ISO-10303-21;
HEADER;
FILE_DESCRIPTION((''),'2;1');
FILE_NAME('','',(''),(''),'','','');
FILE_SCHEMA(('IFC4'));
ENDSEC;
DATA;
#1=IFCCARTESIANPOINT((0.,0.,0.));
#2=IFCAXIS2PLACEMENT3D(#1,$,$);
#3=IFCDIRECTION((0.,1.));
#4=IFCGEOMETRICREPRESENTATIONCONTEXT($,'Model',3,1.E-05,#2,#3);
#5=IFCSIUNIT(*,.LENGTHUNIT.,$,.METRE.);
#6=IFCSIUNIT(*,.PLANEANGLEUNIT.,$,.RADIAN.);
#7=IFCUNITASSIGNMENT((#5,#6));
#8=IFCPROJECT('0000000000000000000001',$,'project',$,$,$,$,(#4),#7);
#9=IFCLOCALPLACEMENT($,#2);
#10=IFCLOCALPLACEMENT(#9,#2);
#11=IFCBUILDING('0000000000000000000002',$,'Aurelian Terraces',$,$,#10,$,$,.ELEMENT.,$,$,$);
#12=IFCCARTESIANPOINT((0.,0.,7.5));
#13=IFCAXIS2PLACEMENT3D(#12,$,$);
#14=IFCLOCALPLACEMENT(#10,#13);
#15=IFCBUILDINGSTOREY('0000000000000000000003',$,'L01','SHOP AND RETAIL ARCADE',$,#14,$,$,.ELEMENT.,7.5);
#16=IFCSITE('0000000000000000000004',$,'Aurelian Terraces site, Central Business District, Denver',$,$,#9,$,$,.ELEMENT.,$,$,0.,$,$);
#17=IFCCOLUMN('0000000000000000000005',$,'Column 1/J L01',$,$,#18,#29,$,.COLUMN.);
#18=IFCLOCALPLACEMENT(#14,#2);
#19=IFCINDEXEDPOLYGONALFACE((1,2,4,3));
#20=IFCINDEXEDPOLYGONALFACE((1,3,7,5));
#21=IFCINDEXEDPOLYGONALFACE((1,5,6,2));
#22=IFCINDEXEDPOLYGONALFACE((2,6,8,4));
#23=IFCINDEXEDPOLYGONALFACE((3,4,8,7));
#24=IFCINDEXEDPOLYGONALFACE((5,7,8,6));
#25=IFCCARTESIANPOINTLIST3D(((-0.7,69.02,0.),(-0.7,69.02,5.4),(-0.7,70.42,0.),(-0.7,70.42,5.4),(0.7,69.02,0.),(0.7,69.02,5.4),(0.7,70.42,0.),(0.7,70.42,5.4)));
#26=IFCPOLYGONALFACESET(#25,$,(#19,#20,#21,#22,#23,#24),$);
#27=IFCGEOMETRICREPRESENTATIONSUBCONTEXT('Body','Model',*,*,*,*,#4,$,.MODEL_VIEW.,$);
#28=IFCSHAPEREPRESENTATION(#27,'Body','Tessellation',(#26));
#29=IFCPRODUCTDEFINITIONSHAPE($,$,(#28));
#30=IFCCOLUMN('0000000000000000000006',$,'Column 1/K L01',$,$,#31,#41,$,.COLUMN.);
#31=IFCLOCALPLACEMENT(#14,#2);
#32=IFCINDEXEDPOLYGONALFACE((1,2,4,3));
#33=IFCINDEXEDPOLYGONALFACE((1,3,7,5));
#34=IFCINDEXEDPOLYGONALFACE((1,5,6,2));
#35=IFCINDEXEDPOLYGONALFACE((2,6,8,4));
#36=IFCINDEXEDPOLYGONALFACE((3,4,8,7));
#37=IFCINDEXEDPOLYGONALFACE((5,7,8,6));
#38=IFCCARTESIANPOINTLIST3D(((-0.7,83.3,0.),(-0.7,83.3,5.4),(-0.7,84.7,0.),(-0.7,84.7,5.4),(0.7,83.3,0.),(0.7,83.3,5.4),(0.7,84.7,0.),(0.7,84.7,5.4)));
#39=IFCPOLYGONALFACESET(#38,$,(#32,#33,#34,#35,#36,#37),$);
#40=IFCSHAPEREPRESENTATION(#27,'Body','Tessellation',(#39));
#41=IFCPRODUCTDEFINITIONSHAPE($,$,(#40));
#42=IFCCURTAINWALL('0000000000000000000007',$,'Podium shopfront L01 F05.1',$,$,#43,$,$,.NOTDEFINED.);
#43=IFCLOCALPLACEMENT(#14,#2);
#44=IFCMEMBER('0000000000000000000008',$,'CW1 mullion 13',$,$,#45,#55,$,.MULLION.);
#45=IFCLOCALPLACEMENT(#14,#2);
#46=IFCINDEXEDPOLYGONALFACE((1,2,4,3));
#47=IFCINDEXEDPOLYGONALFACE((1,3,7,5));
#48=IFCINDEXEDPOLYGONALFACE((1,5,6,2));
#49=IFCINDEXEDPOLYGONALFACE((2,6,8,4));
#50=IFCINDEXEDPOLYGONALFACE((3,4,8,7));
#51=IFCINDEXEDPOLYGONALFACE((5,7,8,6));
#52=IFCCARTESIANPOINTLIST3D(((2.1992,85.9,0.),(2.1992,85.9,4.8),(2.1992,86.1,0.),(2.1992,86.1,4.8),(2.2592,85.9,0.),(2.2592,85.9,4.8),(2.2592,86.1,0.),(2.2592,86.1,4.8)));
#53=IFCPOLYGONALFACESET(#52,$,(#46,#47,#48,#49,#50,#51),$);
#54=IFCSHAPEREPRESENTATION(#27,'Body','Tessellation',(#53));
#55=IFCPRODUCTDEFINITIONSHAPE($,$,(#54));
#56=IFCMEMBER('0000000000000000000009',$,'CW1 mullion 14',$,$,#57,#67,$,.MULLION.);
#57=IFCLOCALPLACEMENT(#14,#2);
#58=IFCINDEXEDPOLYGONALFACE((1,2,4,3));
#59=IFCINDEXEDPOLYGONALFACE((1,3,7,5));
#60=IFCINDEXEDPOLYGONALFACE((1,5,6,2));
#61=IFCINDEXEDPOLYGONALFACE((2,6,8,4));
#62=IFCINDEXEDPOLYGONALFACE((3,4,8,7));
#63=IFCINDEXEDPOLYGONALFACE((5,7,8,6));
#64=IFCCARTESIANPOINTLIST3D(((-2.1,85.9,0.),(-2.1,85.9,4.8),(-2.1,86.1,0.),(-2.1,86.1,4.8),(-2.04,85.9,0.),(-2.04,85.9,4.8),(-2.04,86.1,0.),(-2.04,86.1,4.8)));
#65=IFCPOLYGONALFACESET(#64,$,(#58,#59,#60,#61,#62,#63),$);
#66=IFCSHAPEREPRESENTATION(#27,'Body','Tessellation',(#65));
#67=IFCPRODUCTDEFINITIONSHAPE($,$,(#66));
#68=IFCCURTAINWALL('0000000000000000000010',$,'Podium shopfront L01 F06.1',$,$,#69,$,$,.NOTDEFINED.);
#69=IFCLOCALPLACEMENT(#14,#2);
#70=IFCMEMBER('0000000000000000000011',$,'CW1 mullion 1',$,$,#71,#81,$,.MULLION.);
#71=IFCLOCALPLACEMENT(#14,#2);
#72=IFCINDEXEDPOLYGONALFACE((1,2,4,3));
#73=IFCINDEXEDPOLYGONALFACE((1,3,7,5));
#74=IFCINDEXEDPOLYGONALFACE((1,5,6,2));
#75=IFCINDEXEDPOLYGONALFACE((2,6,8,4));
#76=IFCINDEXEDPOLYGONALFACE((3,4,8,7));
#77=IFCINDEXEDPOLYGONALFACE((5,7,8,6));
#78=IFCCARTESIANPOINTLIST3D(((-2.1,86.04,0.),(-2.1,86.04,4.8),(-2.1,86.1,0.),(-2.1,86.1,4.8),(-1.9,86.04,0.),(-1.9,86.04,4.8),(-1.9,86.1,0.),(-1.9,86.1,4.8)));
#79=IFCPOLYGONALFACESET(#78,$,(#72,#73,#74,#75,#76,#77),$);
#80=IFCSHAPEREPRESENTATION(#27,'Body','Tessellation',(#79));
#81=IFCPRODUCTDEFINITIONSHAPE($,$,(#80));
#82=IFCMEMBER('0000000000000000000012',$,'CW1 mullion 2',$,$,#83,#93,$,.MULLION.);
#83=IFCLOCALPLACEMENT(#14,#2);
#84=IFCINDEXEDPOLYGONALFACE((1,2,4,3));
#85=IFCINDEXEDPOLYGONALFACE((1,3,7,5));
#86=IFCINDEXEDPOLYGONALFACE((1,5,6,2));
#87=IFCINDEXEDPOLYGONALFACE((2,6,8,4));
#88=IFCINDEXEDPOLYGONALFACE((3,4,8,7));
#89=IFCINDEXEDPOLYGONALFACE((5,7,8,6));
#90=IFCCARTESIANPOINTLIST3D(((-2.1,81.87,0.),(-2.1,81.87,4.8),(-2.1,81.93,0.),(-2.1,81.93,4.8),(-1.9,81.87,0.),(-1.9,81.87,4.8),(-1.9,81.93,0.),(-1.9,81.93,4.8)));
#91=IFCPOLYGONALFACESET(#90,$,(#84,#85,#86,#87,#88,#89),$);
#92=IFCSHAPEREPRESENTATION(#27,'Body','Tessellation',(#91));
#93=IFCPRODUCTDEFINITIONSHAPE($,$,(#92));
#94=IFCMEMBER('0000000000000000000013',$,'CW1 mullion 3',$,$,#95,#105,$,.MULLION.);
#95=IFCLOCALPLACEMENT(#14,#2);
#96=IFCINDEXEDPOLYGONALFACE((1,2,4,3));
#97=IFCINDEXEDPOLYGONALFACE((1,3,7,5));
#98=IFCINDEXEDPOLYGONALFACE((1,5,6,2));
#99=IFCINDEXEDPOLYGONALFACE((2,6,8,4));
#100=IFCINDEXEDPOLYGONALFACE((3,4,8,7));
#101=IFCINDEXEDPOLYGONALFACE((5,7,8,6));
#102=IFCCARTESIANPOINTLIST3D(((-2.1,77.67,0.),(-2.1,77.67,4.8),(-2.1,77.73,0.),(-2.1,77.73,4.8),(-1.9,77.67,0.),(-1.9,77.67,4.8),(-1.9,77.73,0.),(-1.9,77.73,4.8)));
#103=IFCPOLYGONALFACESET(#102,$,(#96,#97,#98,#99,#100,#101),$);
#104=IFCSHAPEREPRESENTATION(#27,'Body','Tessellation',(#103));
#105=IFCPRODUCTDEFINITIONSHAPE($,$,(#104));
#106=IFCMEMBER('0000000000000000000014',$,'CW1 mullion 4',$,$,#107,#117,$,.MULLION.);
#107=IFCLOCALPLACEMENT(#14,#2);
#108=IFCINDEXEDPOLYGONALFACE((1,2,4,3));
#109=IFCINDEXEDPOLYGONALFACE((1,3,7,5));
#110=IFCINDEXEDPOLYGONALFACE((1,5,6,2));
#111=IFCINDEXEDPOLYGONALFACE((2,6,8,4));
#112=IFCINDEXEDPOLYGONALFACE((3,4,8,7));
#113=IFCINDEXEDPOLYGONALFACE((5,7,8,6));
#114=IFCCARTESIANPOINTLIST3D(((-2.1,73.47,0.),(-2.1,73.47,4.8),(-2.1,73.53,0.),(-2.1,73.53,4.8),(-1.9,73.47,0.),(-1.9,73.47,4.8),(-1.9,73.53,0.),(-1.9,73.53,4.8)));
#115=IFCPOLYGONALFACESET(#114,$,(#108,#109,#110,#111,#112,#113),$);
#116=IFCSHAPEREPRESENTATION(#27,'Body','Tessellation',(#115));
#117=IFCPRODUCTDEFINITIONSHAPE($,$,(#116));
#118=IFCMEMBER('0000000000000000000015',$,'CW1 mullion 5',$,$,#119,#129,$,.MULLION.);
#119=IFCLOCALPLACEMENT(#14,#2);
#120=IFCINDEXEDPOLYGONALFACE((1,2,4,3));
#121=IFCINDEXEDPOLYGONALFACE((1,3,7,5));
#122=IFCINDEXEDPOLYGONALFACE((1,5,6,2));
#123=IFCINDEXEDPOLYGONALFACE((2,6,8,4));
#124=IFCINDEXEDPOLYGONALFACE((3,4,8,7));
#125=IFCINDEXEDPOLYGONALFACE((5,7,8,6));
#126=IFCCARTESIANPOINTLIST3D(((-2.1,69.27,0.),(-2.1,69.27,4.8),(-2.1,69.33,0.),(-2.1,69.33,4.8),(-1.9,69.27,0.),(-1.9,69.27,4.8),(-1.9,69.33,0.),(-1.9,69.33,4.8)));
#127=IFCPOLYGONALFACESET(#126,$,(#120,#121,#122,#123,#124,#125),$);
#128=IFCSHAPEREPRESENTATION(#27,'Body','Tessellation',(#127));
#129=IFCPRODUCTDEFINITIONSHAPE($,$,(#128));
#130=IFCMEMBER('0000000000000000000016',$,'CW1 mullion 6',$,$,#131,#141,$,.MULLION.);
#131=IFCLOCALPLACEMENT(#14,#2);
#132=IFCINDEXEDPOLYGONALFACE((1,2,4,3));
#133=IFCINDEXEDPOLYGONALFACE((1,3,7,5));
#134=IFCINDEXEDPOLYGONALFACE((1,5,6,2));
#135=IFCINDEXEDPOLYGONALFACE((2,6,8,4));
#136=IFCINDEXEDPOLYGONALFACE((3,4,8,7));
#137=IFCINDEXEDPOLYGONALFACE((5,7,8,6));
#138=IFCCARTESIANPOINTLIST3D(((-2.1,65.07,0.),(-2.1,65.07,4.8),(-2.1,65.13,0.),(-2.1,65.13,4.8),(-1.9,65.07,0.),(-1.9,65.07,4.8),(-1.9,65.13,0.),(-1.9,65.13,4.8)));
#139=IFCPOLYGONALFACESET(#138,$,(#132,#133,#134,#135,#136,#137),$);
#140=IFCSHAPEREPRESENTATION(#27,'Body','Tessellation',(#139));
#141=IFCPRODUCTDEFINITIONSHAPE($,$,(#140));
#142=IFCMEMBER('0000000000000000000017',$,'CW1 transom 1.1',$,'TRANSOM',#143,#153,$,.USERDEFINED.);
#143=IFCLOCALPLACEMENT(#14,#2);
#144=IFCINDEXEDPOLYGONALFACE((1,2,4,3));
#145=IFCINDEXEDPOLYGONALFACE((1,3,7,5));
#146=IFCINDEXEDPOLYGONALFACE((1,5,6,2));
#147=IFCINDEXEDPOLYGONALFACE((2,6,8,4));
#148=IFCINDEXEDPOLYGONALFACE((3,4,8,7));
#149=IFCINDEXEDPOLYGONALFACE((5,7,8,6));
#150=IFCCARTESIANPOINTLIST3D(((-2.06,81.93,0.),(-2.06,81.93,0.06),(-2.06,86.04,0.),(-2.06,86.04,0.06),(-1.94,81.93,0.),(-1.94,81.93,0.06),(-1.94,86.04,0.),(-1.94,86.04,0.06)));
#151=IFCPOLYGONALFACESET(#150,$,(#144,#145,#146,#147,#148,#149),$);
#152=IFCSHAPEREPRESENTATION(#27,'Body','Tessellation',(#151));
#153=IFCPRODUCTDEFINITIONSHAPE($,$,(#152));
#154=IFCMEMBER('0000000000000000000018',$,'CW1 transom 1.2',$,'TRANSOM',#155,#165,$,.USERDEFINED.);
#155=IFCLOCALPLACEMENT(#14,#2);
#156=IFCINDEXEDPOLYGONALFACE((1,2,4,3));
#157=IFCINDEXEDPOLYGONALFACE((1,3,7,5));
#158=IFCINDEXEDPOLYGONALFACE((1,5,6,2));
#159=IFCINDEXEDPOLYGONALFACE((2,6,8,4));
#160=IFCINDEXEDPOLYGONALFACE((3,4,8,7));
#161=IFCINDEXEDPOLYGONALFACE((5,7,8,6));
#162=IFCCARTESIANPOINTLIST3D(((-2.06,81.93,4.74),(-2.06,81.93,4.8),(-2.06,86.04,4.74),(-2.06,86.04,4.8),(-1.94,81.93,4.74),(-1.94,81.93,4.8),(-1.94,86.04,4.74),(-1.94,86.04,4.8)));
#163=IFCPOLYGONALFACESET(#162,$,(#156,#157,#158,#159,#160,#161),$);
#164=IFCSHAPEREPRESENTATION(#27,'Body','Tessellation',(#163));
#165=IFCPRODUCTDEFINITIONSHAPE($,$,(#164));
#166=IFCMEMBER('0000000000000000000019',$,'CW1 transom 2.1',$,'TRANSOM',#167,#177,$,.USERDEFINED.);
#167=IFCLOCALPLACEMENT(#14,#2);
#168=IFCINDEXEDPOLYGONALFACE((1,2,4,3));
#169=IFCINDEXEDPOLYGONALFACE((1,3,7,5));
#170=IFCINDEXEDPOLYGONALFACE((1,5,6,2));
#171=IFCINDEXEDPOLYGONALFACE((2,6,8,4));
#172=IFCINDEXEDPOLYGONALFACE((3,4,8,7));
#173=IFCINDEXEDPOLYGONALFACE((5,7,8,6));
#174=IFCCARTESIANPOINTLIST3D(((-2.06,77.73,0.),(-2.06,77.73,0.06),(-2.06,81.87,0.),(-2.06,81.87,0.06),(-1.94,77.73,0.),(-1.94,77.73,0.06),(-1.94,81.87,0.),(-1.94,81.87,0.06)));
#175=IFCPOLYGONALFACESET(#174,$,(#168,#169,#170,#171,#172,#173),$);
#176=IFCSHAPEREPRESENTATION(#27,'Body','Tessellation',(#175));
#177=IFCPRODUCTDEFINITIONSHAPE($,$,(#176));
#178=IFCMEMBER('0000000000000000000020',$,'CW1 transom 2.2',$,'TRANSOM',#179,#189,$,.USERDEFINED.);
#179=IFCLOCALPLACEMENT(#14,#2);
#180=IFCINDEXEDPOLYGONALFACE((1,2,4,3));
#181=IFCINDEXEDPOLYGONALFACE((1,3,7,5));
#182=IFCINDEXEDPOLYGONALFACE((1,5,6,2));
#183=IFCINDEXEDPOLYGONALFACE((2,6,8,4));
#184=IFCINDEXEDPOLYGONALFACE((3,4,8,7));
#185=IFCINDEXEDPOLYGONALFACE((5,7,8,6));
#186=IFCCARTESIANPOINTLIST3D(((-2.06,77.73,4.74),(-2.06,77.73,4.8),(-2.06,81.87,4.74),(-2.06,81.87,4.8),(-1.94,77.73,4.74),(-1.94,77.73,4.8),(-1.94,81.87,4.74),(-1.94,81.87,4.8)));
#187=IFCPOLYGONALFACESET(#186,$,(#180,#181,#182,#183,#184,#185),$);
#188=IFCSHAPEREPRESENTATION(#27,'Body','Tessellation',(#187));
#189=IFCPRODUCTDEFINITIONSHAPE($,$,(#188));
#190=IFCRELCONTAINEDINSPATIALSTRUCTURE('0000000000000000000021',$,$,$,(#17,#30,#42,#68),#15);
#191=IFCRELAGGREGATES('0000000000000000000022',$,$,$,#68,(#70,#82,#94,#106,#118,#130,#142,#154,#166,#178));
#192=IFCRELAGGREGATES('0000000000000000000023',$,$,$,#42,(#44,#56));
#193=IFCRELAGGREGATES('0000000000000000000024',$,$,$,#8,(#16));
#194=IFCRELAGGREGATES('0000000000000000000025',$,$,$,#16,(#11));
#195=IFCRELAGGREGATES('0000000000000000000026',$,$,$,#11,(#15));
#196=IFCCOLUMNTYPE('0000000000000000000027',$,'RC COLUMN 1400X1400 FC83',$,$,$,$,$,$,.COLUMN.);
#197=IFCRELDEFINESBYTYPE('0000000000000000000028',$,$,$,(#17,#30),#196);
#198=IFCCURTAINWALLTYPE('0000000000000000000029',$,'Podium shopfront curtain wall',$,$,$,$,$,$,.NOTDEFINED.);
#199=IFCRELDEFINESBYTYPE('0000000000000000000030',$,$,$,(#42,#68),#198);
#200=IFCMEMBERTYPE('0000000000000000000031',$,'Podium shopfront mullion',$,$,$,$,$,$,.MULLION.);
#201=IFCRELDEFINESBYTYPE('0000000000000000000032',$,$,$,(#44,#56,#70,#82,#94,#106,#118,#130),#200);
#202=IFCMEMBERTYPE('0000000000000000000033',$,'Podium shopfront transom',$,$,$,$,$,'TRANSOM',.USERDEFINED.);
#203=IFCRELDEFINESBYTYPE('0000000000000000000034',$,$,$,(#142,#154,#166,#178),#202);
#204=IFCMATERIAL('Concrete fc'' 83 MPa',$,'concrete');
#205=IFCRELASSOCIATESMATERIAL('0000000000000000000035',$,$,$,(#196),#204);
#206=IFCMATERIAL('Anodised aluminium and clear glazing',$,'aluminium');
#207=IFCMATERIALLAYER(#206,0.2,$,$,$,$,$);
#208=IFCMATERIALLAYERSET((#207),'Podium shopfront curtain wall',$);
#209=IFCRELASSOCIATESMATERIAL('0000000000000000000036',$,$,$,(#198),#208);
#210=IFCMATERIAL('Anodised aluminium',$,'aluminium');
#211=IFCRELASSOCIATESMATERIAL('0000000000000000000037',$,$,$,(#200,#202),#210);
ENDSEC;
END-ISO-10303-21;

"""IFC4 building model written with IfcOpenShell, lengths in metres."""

from ifc_helpers import new_model, si_unit, direction, frame, origin, origin_2d, place, context, subcontext, project, spatial, rectangle, extrude, source, transform, mapped, material, layer, layer_set, material_profile, profile_set, type_object, element, aggregate, save


model = new_model("IFC4")

# Units and contexts
model_context = context("Model", 3, precision=1e-05, world=origin(), true_north=direction((0.0, 1.0)))
body_context = subcontext(model_context, "Body", "Model", "MODEL_VIEW")
ifc_project = project(units=[si_unit("LENGTHUNIT", "METRE"), si_unit("PLANEANGLEUNIT", "RADIAN")], contexts=[model_context])

# Site, building, storey
site_placement = place(None, origin())
site = spatial("IfcSite", under=ifc_project, at=site_placement, Name="Aurelian Terraces site, Central Business District, Denver", CompositionType="ELEMENT", RefElevation=0.0)
building_placement = place(site_placement, origin())
building = spatial("IfcBuilding", under=site, at=building_placement, Name="Aurelian Terraces", CompositionType="ELEMENT")
storey_placement = place(building_placement, frame((0.0, 0.0, 7.5)))
storey = spatial("IfcBuildingStorey", under=building, at=storey_placement, Name="L01", Description="SHOP AND RETAIL ARCADE", CompositionType="ELEMENT", Elevation=7.5)

# Columns
ifc_material_1 = material(Name="Concrete fc' 83 MPa", Category="concrete")
ifc_material_profile_1 = material_profile(ifc_material_1, rectangle(XDim=1.4, YDim=1.4, at=origin_2d()))
ifc_profile_set_1 = profile_set([ifc_material_profile_1], Name="Concrete fc' 83 MPa")
column_type = type_object("IfcColumnType", Name="RC COLUMN 1400X1400 FC83", PredefinedType="COLUMN", material=ifc_profile_set_1)
shared_shape_1 = source(origin(), body_context, "Body", "SweptSolid", [
    extrude(rectangle(XDim=1.4, YDim=1.4, at=origin_2d()), origin(), (0.0, 0.0, 1.0), 5.4),
])
for number, where, z_axis, x_axis, name in (
    (1, (0.0, 69.72, 0.0), (0.0, 0.0, 1.0), (1.0, 0.0, 0.0), "Column 1/J L01"),
    (2, (0.0, 84.0, 0.0), (0.0, 0.0, 1.0), (1.0, 0.0, 0.0), "Column 1/K L01"),
):
    element("IfcColumn", number, at=place(storey_placement, frame(where, z_axis=z_axis, x_axis=x_axis)), inside=storey, type_object=column_type, Name=name, PredefinedType="COLUMN", context=body_context, shape_type="MappedRepresentation", body=[
        mapped(shared_shape_1, transform((0.0, 0.0, 0.0), scale=1.0)),
    ])

# Curtain walls, members
ifc_material_2 = material(Name="Anodised aluminium and clear glazing", Category="aluminium")
ifc_layer_1 = layer(ifc_material_2, 0.2)
ifc_layer_set_1 = layer_set([ifc_layer_1], Name="Podium shopfront curtain wall")
curtain_wall_type = type_object("IfcCurtainWallType", Name="Podium shopfront curtain wall", PredefinedType="NOTDEFINED", material=ifc_layer_set_1)
curtain_wall_1_placement = place(storey_placement, origin())
curtain_wall_1 = element("IfcCurtainWall", 3, at=curtain_wall_1_placement, inside=storey, type_object=curtain_wall_type, Name="Podium shopfront L01 F05.1", PredefinedType="NOTDEFINED")
ifc_material_3 = material(Name="Anodised aluminium", Category="aluminium")
ifc_material_profile_2 = material_profile(ifc_material_3, rectangle(XDim=0.2, YDim=0.06, at=origin_2d()))
ifc_profile_set_2 = profile_set([ifc_material_profile_2], Name="Anodised aluminium")
member_type_1 = type_object("IfcMemberType", Name="Podium shopfront mullion", PredefinedType="MULLION", material=ifc_profile_set_2)
shared_shape_2 = source(origin(), body_context, "Body", "SweptSolid", [
    extrude(rectangle(XDim=0.2, YDim=0.06, at=origin_2d()), origin(), (0.0, 0.0, 1.0), 4.8),
])
member_1_placement = place(storey_placement, frame((2.2292, 86.0, 0.0), z_axis=(0.0, 0.0, 1.0), x_axis=(0.0, -1.0, 0.0)))
member_1 = element("IfcMember", 4, at=member_1_placement, type_object=member_type_1, Name="CW1 mullion 13", PredefinedType="MULLION", context=body_context, shape_type="MappedRepresentation", body=[
    mapped(shared_shape_2, transform((0.0, 0.0, 0.0), scale=1.0)),
])
member_2_placement = place(storey_placement, frame((-2.07, 86.0, 0.0), z_axis=(0.0, 0.0, 1.0), x_axis=(0.0, -1.0, 0.0)))
member_2 = element("IfcMember", 5, at=member_2_placement, type_object=member_type_1, Name="CW1 mullion 14", PredefinedType="MULLION", context=body_context, shape_type="MappedRepresentation", body=[
    mapped(shared_shape_2, transform((0.0, 0.0, 0.0), scale=1.0)),
])
curtain_wall_2_placement = place(storey_placement, origin())
curtain_wall_2 = element("IfcCurtainWall", 6, at=curtain_wall_2_placement, inside=storey, type_object=curtain_wall_type, Name="Podium shopfront L01 F06.1", PredefinedType="NOTDEFINED")
member_3_placement = place(storey_placement, frame((-2.0, 86.07, 0.0), z_axis=(0.0, 0.0, 1.0), x_axis=(1.0, 0.0, 0.0)))
member_3 = element("IfcMember", 7, at=member_3_placement, type_object=member_type_1, Name="CW1 mullion 1", PredefinedType="MULLION", context=body_context, shape_type="MappedRepresentation", body=[
    mapped(shared_shape_2, transform((0.0, 0.0, 0.0), scale=1.0)),
])
member_4_placement = place(storey_placement, frame((-2.0, 81.9, 0.0), z_axis=(0.0, 0.0, 1.0), x_axis=(1.0, 0.0, 0.0)))
member_4 = element("IfcMember", 8, at=member_4_placement, type_object=member_type_1, Name="CW1 mullion 2", PredefinedType="MULLION", context=body_context, shape_type="MappedRepresentation", body=[
    mapped(shared_shape_2, transform((0.0, 0.0, 0.0), scale=1.0)),
])
member_5_placement = place(storey_placement, frame((-2.0, 77.7, 0.0), z_axis=(0.0, 0.0, 1.0), x_axis=(1.0, 0.0, 0.0)))
member_5 = element("IfcMember", 9, at=member_5_placement, type_object=member_type_1, Name="CW1 mullion 3", PredefinedType="MULLION", context=body_context, shape_type="MappedRepresentation", body=[
    mapped(shared_shape_2, transform((0.0, 0.0, 0.0), scale=1.0)),
])
member_6_placement = place(storey_placement, frame((-2.0, 73.5, 0.0), z_axis=(0.0, 0.0, 1.0), x_axis=(1.0, 0.0, 0.0)))
member_6 = element("IfcMember", 10, at=member_6_placement, type_object=member_type_1, Name="CW1 mullion 4", PredefinedType="MULLION", context=body_context, shape_type="MappedRepresentation", body=[
    mapped(shared_shape_2, transform((0.0, 0.0, 0.0), scale=1.0)),
])
member_7_placement = place(storey_placement, frame((-2.0, 69.3, 0.0), z_axis=(0.0, 0.0, 1.0), x_axis=(1.0, 0.0, 0.0)))
member_7 = element("IfcMember", 11, at=member_7_placement, type_object=member_type_1, Name="CW1 mullion 5", PredefinedType="MULLION", context=body_context, shape_type="MappedRepresentation", body=[
    mapped(shared_shape_2, transform((0.0, 0.0, 0.0), scale=1.0)),
])
member_8_placement = place(storey_placement, frame((-2.0, 65.1, 0.0), z_axis=(0.0, 0.0, 1.0), x_axis=(1.0, 0.0, 0.0)))
member_8 = element("IfcMember", 12, at=member_8_placement, type_object=member_type_1, Name="CW1 mullion 6", PredefinedType="MULLION", context=body_context, shape_type="MappedRepresentation", body=[
    mapped(shared_shape_2, transform((0.0, 0.0, 0.0), scale=1.0)),
])
ifc_material_profile_3 = material_profile(ifc_material_3, rectangle(XDim=0.12, YDim=0.06, at=origin_2d()))
ifc_profile_set_3 = profile_set([ifc_material_profile_3], Name="Anodised aluminium")
member_type_2 = type_object("IfcMemberType", Name="Podium shopfront transom", ElementType="TRANSOM", PredefinedType="USERDEFINED", material=ifc_profile_set_3)
shared_shape_3 = source(origin(), body_context, "Body", "SweptSolid", [
    extrude(rectangle(XDim=0.12, YDim=0.06, at=origin_2d()), origin(), (0.0, 0.0, 1.0), 4.11),
])
member_9_placement = place(storey_placement, frame((-2.0, 86.04, 0.03), z_axis=(0.0, -1.0, 0.0), x_axis=(1.0, 0.0, 0.0)))
member_9 = element("IfcMember", 13, at=member_9_placement, type_object=member_type_2, Name="CW1 transom 1.1", ObjectType="TRANSOM", PredefinedType="USERDEFINED", context=body_context, shape_type="MappedRepresentation", body=[
    mapped(shared_shape_3, transform((0.0, 0.0, 0.0), scale=1.0)),
])
member_10_placement = place(storey_placement, frame((-2.0, 86.04, 4.77), z_axis=(0.0, -1.0, 0.0), x_axis=(1.0, 0.0, 0.0)))
member_10 = element("IfcMember", 14, at=member_10_placement, type_object=member_type_2, Name="CW1 transom 1.2", ObjectType="TRANSOM", PredefinedType="USERDEFINED", context=body_context, shape_type="MappedRepresentation", body=[
    mapped(shared_shape_3, transform((0.0, 0.0, 0.0), scale=1.0)),
])
shared_shape_4 = source(origin(), body_context, "Body", "SweptSolid", [
    extrude(rectangle(XDim=0.12, YDim=0.06, at=origin_2d()), origin(), (0.0, 0.0, 1.0), 4.14),
])
member_11_placement = place(storey_placement, frame((-2.0, 81.87, 0.03), z_axis=(0.0, -1.0, 0.0), x_axis=(1.0, 0.0, 0.0)))
member_11 = element("IfcMember", 15, at=member_11_placement, type_object=member_type_2, Name="CW1 transom 2.1", ObjectType="TRANSOM", PredefinedType="USERDEFINED", context=body_context, shape_type="MappedRepresentation", body=[
    mapped(shared_shape_4, transform((0.0, 0.0, 0.0), scale=1.0)),
])
member_12_placement = place(storey_placement, frame((-2.0, 81.87, 4.77), z_axis=(0.0, -1.0, 0.0), x_axis=(1.0, 0.0, 0.0)))
member_12 = element("IfcMember", 16, at=member_12_placement, type_object=member_type_2, Name="CW1 transom 2.2", ObjectType="TRANSOM", PredefinedType="USERDEFINED", context=body_context, shape_type="MappedRepresentation", body=[
    mapped(shared_shape_4, transform((0.0, 0.0, 0.0), scale=1.0)),
])

aggregate(curtain_wall_2, [member_3, member_4, member_5, member_6, member_7, member_8, member_9, member_10, member_11, member_12])
aggregate(curtain_wall_1, [member_1, member_2])

save(model, "model.ifc")
